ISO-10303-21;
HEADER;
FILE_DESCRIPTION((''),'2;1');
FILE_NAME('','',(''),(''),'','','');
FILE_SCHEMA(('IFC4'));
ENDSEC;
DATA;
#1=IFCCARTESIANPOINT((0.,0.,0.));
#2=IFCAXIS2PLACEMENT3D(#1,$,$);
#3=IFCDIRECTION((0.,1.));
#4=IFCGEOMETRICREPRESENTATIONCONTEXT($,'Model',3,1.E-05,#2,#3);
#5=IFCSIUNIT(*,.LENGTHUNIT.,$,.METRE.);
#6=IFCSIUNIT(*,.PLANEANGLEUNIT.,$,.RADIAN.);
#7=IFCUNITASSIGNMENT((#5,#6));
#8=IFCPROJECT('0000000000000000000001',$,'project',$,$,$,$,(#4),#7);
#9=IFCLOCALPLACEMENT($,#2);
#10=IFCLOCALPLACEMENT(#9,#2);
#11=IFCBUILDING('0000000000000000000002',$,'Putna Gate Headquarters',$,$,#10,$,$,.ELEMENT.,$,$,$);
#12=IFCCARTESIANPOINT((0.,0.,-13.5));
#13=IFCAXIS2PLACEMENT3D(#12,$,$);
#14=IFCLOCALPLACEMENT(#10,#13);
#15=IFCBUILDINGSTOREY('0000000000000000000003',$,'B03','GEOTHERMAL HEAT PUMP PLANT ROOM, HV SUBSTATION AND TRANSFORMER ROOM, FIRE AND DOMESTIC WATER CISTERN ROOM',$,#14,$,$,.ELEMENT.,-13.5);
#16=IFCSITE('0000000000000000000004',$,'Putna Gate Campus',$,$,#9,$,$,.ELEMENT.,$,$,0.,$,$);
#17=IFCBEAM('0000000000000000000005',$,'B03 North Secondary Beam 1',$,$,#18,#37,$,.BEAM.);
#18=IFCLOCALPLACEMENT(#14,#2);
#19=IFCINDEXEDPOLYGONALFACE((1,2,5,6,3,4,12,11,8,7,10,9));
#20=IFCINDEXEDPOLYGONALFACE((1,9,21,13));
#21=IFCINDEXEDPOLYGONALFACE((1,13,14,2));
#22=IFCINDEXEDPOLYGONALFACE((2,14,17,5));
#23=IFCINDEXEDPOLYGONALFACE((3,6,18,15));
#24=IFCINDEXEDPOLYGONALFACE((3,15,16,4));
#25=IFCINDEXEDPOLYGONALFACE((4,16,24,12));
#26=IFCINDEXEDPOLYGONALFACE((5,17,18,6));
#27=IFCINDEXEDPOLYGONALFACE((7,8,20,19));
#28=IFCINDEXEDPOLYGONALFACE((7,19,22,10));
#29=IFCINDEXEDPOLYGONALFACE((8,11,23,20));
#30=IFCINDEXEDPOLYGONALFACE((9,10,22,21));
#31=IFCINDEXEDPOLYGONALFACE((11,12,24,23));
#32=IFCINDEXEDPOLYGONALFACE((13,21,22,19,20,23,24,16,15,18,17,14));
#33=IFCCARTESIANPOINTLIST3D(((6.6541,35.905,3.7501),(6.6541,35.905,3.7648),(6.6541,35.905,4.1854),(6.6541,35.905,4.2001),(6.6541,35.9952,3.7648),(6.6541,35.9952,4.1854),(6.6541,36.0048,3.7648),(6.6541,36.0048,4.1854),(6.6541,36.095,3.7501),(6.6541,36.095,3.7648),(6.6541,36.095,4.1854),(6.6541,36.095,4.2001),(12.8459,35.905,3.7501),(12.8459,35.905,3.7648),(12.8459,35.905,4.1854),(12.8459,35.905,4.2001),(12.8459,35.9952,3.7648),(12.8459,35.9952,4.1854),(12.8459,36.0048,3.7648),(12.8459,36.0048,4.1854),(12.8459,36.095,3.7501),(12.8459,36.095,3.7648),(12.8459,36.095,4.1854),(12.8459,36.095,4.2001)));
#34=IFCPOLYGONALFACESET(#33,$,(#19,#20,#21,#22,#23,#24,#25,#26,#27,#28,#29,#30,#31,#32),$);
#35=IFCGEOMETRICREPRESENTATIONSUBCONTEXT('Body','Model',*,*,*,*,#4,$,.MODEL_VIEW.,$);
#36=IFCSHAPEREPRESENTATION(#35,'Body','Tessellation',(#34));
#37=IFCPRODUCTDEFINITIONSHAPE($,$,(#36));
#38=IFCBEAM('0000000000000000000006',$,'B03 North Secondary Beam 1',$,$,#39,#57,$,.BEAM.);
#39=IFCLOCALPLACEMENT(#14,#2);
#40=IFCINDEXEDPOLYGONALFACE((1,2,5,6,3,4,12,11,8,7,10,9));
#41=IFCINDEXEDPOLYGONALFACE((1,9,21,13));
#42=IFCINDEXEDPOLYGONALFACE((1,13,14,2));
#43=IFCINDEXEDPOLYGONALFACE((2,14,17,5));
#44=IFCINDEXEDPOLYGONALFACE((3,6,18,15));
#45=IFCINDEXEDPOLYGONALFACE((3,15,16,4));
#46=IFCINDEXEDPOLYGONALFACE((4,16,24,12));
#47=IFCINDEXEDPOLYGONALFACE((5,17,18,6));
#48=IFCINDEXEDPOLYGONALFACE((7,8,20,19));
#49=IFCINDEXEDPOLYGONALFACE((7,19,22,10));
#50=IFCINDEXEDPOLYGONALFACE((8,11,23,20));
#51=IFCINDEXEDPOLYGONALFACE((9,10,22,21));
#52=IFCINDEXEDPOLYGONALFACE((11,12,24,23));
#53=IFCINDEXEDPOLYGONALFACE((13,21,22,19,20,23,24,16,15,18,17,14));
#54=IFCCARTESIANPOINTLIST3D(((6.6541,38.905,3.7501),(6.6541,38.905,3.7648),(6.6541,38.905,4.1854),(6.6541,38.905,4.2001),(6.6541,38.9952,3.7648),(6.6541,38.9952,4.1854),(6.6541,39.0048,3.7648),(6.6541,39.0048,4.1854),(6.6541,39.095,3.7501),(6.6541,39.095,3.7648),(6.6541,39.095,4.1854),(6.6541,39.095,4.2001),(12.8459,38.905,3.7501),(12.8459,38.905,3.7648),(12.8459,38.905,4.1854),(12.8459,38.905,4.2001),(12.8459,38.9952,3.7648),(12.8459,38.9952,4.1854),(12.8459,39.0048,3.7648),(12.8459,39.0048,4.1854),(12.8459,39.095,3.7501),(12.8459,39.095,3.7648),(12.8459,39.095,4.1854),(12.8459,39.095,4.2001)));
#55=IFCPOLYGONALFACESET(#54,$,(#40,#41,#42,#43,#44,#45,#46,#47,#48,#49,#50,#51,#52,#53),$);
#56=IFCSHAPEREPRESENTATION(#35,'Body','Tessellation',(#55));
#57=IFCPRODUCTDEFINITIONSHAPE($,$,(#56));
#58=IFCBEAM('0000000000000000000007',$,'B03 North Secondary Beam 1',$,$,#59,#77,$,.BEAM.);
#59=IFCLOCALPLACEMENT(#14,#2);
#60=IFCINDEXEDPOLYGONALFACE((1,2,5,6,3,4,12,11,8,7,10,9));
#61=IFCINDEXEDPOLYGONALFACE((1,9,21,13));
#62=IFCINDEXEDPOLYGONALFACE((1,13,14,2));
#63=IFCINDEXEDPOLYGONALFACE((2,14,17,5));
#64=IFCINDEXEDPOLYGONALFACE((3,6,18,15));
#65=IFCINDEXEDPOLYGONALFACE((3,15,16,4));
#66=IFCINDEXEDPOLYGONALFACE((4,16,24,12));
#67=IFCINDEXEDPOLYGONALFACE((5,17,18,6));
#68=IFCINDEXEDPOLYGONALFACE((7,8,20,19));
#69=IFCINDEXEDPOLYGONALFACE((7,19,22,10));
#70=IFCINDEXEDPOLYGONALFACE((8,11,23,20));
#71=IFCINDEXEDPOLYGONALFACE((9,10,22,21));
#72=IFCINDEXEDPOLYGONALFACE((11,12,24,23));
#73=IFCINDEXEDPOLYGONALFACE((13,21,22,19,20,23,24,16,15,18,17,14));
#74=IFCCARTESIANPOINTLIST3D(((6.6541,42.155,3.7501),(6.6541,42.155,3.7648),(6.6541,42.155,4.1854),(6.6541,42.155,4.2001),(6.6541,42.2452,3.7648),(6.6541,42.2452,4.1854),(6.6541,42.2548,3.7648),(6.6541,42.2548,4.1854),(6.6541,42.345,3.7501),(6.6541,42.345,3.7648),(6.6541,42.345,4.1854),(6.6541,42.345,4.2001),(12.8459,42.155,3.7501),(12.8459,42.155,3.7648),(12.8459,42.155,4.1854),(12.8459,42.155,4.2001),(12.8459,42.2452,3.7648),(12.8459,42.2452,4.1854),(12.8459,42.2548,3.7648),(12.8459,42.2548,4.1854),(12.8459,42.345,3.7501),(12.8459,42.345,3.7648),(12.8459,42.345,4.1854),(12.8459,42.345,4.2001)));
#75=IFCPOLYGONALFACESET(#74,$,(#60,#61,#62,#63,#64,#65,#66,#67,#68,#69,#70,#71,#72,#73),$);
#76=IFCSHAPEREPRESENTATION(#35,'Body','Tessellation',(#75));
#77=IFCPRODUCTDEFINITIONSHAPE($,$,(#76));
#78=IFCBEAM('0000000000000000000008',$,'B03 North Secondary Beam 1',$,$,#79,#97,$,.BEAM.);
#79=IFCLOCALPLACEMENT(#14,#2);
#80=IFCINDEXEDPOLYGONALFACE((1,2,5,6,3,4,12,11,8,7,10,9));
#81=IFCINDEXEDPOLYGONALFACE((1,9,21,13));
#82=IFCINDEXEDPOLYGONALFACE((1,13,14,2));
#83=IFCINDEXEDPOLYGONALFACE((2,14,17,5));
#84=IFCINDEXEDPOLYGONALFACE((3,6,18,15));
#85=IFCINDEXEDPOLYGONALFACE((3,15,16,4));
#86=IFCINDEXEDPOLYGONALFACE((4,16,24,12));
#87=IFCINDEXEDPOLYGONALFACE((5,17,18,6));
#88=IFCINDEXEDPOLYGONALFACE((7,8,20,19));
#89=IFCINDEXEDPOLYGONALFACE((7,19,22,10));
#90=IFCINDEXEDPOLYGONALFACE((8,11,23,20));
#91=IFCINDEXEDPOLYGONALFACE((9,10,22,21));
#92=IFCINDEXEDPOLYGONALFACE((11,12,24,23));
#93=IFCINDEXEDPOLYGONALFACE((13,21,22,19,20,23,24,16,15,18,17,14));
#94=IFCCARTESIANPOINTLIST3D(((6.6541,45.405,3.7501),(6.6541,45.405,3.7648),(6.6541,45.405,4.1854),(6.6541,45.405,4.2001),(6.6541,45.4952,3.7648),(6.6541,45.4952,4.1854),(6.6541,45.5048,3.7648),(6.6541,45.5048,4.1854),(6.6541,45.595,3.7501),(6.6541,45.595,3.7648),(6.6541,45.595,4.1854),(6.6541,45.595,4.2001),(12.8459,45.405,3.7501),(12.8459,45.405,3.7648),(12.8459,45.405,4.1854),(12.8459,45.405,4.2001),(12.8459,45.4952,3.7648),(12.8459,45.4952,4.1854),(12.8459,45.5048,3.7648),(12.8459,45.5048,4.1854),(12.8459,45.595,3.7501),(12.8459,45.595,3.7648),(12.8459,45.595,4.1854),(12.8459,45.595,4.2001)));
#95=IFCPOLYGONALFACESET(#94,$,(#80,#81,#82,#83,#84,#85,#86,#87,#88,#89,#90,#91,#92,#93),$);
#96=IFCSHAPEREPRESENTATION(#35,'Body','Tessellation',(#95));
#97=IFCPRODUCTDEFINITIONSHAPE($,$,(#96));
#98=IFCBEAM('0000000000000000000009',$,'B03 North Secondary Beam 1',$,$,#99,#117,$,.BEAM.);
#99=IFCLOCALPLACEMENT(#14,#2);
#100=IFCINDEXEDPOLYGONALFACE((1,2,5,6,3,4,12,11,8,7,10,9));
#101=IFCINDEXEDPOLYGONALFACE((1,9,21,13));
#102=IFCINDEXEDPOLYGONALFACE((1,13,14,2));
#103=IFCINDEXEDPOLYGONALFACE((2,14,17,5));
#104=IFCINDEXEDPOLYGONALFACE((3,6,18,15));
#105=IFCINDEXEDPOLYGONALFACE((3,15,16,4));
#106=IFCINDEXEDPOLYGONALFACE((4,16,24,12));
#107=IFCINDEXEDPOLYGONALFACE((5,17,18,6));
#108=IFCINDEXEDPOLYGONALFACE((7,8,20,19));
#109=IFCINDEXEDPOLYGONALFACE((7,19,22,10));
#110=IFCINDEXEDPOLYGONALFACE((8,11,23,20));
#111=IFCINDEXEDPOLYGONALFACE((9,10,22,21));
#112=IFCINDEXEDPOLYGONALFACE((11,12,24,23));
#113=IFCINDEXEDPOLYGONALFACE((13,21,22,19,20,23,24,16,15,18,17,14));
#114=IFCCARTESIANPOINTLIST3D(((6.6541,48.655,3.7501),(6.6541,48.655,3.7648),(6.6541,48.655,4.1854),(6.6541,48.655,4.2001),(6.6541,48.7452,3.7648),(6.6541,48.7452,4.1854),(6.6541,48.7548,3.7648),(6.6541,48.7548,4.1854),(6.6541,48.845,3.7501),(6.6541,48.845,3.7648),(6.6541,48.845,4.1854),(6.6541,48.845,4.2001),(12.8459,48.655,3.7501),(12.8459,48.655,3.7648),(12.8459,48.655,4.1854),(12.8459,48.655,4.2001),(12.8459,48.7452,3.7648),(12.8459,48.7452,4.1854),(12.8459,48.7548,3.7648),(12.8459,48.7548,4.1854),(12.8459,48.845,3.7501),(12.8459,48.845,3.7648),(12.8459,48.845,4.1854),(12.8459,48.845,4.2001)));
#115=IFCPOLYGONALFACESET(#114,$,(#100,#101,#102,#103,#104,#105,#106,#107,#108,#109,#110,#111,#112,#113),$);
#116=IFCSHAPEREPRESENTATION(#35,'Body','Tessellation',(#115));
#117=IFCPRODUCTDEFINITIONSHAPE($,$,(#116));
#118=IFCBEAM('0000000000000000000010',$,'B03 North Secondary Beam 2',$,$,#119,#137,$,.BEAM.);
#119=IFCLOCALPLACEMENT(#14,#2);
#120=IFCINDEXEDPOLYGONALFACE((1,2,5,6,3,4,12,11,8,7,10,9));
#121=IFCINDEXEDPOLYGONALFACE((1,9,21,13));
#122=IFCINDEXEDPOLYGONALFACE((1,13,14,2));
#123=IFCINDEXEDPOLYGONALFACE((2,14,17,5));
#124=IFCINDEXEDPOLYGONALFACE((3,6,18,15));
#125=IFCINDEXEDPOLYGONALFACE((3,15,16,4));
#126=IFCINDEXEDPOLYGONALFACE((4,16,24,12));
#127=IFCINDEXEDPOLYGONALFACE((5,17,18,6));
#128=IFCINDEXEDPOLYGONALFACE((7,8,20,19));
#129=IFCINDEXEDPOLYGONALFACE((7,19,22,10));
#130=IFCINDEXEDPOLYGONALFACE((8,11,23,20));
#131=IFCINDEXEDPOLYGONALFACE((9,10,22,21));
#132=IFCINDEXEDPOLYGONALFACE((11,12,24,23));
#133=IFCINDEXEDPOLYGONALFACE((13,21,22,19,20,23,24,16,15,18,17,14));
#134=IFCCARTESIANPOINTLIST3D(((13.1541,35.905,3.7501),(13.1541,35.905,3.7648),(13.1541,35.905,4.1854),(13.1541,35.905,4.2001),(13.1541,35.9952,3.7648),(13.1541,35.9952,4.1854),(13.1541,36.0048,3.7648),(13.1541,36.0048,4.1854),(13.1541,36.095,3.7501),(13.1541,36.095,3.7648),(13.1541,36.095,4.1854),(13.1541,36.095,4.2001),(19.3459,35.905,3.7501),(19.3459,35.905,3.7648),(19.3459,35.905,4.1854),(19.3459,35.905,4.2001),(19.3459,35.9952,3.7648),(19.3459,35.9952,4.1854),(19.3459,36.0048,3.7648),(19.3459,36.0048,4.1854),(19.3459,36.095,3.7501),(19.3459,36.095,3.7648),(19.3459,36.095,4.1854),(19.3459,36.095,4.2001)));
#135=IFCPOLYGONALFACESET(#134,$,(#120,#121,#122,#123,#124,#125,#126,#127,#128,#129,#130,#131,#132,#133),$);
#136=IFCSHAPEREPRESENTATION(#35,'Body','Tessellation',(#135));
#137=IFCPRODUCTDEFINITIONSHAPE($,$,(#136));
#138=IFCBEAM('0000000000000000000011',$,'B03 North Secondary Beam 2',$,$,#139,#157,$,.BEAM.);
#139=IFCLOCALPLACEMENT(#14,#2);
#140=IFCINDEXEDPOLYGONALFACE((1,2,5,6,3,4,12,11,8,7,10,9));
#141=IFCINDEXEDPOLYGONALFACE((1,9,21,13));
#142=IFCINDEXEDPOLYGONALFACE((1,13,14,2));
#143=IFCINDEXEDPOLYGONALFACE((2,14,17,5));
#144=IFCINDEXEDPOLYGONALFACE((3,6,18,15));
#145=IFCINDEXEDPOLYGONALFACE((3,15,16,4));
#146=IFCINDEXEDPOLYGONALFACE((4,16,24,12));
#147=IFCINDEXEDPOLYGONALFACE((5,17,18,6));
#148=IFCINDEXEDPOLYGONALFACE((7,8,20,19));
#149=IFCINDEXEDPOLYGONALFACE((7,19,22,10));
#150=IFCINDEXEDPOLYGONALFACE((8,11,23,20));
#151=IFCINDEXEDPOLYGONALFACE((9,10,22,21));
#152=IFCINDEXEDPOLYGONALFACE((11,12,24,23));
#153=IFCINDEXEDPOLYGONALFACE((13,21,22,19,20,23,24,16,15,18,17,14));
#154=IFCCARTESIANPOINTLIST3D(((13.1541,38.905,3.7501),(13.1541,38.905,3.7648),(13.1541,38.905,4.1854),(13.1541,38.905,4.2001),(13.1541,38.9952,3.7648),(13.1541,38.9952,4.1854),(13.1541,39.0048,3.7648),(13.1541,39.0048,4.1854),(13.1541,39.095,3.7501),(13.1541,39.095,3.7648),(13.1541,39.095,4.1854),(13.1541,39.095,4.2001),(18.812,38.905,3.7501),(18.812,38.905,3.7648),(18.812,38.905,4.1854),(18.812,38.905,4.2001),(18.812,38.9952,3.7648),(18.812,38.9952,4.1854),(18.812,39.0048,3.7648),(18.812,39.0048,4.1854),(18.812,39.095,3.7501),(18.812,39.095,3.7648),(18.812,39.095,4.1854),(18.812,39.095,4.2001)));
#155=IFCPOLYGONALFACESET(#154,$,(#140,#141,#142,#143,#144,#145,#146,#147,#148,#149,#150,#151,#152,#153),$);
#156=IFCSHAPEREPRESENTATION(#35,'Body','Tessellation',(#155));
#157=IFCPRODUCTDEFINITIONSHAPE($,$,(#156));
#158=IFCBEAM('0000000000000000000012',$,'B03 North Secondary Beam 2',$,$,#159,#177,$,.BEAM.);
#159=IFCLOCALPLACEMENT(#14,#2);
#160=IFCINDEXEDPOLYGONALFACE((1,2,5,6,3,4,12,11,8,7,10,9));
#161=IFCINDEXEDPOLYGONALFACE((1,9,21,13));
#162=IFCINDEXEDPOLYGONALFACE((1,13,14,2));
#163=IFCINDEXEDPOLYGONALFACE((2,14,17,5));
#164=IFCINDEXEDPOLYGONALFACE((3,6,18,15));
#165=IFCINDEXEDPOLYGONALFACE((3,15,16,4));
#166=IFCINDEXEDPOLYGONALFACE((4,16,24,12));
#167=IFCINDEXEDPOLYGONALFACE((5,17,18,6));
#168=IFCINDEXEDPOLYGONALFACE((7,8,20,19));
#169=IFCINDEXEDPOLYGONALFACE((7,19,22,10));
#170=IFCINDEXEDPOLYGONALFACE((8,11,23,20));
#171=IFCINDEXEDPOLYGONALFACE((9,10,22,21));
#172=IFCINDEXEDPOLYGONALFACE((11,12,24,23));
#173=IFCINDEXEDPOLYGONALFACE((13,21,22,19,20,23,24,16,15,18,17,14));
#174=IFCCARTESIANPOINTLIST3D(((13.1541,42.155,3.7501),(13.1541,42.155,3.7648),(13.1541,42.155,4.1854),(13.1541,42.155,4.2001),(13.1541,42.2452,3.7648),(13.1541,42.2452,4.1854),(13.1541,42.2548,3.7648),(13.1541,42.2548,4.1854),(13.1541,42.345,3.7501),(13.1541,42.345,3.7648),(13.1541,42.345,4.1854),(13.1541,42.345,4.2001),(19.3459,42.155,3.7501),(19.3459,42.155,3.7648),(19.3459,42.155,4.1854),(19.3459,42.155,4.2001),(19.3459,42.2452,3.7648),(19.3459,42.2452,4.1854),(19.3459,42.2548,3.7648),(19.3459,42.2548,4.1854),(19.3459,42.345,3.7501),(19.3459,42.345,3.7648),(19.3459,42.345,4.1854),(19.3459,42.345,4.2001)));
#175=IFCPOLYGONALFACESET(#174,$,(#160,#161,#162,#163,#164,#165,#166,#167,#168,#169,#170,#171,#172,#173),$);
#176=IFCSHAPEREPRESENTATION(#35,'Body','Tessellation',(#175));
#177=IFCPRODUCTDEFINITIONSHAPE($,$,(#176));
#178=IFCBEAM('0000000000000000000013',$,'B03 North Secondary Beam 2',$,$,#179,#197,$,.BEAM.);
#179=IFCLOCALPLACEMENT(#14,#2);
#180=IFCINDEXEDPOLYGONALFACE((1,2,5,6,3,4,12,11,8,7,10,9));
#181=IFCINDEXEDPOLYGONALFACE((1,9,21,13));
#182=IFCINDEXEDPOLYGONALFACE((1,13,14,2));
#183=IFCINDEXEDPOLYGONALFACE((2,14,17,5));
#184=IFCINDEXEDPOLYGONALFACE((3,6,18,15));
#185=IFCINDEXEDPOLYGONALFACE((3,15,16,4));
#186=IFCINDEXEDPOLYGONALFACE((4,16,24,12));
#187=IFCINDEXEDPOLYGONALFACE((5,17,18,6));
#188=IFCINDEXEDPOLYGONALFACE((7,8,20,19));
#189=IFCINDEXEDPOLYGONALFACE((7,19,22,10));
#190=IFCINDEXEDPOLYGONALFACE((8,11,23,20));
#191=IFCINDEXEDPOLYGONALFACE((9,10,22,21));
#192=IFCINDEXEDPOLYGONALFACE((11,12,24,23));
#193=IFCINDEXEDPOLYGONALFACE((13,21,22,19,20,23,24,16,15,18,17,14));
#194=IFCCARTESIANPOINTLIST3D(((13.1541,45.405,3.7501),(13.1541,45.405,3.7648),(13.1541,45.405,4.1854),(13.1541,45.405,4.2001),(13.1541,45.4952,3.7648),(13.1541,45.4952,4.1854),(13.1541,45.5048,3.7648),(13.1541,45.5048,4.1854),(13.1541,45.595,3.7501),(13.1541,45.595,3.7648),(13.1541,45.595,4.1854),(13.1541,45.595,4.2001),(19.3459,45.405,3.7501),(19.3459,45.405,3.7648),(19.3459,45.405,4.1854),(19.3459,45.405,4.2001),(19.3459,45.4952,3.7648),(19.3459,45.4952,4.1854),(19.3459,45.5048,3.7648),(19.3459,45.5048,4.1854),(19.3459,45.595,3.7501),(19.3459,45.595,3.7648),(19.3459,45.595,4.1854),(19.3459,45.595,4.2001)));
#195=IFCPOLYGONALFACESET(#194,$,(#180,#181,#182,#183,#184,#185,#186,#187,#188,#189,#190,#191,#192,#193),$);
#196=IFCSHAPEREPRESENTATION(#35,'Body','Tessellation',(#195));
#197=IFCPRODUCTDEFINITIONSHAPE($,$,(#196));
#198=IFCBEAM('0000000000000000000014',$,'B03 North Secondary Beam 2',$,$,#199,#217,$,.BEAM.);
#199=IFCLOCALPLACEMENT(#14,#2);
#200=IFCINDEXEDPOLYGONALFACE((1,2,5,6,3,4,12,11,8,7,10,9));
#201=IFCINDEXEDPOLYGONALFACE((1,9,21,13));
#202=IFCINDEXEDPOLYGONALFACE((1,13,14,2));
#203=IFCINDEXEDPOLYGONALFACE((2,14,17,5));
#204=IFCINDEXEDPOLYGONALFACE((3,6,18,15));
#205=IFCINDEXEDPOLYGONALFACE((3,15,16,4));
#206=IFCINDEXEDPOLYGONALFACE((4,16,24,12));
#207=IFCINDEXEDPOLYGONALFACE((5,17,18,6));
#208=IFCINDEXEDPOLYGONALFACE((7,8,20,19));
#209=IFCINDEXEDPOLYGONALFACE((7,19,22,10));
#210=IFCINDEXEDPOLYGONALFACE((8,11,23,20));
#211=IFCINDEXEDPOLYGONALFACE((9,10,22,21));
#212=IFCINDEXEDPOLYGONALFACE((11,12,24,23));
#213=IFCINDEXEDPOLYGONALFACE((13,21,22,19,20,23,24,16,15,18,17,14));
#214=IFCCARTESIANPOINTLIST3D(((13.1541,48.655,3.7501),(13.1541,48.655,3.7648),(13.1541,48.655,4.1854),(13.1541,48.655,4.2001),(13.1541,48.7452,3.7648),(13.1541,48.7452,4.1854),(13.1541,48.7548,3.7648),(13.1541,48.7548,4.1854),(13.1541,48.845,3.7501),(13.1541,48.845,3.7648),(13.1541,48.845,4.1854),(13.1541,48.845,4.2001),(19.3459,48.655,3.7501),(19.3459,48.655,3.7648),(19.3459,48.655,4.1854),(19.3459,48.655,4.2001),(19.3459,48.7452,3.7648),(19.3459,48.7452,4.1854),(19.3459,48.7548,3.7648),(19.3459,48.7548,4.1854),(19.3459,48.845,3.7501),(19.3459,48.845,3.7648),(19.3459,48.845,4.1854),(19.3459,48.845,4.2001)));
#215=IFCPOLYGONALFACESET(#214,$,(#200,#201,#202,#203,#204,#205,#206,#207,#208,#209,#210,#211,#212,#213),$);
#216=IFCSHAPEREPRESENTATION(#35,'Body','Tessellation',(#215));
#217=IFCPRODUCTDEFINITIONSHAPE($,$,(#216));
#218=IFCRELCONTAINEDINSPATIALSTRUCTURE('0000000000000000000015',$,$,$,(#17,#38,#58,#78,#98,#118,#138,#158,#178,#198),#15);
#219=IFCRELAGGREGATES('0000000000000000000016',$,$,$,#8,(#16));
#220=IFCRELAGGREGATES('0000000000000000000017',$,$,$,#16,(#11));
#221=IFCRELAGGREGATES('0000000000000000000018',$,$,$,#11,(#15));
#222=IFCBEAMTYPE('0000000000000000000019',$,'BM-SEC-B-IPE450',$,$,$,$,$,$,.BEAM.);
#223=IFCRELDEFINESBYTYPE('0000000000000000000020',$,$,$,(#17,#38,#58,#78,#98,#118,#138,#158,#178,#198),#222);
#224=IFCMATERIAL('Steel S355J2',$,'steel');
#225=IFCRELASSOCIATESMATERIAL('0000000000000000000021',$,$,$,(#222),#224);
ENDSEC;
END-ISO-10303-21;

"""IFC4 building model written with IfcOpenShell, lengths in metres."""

from ifc_helpers import new_model, si_unit, direction, frame, origin, origin_2d, place, context, subcontext, project, spatial, i_section, extrude, material, material_profile, profile_set, type_object, element, save


model = new_model("IFC4")

# Units and contexts
model_context = context("Model", 3, precision=1e-05, world=origin(), true_north=direction((0.0, 1.0)))
body_context = subcontext(model_context, "Body", "Model", "MODEL_VIEW")
ifc_project = project(units=[si_unit("LENGTHUNIT", "METRE"), si_unit("PLANEANGLEUNIT", "RADIAN")], contexts=[model_context])

# Site, building, storey
site_placement = place(None, origin())
site = spatial("IfcSite", under=ifc_project, at=site_placement, Name="Putna Gate Campus", CompositionType="ELEMENT", RefElevation=0.0)
building_placement = place(site_placement, origin())
building = spatial("IfcBuilding", under=site, at=building_placement, Name="Putna Gate Headquarters", CompositionType="ELEMENT")
storey_placement = place(building_placement, frame((0.0, 0.0, -13.5)))
storey = spatial("IfcBuildingStorey", under=building, at=storey_placement, Name="B03", Description="GEOTHERMAL HEAT PUMP PLANT ROOM, HV SUBSTATION AND TRANSFORMER ROOM, FIRE AND DOMESTIC WATER CISTERN ROOM", CompositionType="ELEMENT", Elevation=-13.5)

# Beams
ifc_material_1 = material(Name="Steel S355J2", Category="steel")
ifc_material_profile_1 = material_profile(ifc_material_1, i_section(OverallWidth=0.1899, OverallDepth=0.45, WebThickness=0.0095, FlangeThickness=0.0146, at=origin_2d()), Name="Steel S355J2")
ifc_profile_set_1 = profile_set([ifc_material_profile_1], Name="Steel S355J2")
beam_type_1 = type_object("IfcBeamType", Name="BM-SEC-B-IPE450", PredefinedType="BEAM", material=ifc_profile_set_1)
for number, where, z_axis, x_axis, name in (
    (1, (6.6541, 36.0, 3.9751), (1.0, 0.0, 0.0), (0.0, 1.0, 0.0), "B03 North Secondary Beam 1"),
    (2, (6.6541, 39.0, 3.9751), (1.0, 0.0, 0.0), (0.0, 1.0, 0.0), "B03 North Secondary Beam 1"),
    (3, (6.6541, 42.25, 3.9751), (1.0, 0.0, 0.0), (0.0, 1.0, 0.0), "B03 North Secondary Beam 1"),
    (4, (6.6541, 45.5, 3.9751), (1.0, 0.0, 0.0), (0.0, 1.0, 0.0), "B03 North Secondary Beam 1"),
    (5, (6.6541, 48.75, 3.9751), (1.0, 0.0, 0.0), (0.0, 1.0, 0.0), "B03 North Secondary Beam 1"),
    (6, (13.1541, 36.0, 3.9751), (1.0, 0.0, 0.0), (0.0, 1.0, 0.0), "B03 North Secondary Beam 2"),
):
    element("IfcBeam", number, at=place(storey_placement, frame(where, z_axis=z_axis, x_axis=x_axis)), inside=storey, type_object=beam_type_1, Name=name, PredefinedType="BEAM", context=body_context, shape_type="SweptSolid", body=[
        extrude(i_section(OverallWidth=0.1899, OverallDepth=0.45, WebThickness=0.0095, FlangeThickness=0.0146, at=origin_2d()), origin(), (0.0, 0.0, 1.0), 6.1919),
    ])
beam_placement = place(storey_placement, frame((13.1541, 39.0, 3.9751), z_axis=(1.0, 0.0, 0.0), x_axis=(0.0, 1.0, 0.0)))
element("IfcBeam", 7, at=beam_placement, inside=storey, type_object=beam_type_1, Name="B03 North Secondary Beam 2", PredefinedType="BEAM", context=body_context, shape_type="SweptSolid", body=[
    extrude(i_section(OverallWidth=0.1899, OverallDepth=0.45, WebThickness=0.0095, FlangeThickness=0.0146, at=origin_2d()), origin(), (0.0, 0.0, 1.0), 5.658),
])
for number, where, z_axis, x_axis, name in (
    (8, (13.1541, 42.25, 3.9751), (1.0, 0.0, 0.0), (0.0, 1.0, 0.0), "B03 North Secondary Beam 2"),
    (9, (13.1541, 45.5, 3.9751), (1.0, 0.0, 0.0), (0.0, 1.0, 0.0), "B03 North Secondary Beam 2"),
    (10, (13.1541, 48.75, 3.9751), (1.0, 0.0, 0.0), (0.0, 1.0, 0.0), "B03 North Secondary Beam 2"),
):
    element("IfcBeam", number, at=place(storey_placement, frame(where, z_axis=z_axis, x_axis=x_axis)), inside=storey, type_object=beam_type_1, Name=name, PredefinedType="BEAM", context=body_context, shape_type="SweptSolid", body=[
        extrude(i_section(OverallWidth=0.1899, OverallDepth=0.45, WebThickness=0.0095, FlangeThickness=0.0146, at=origin_2d()), origin(), (0.0, 0.0, 1.0), 6.1919),
    ])

save(model, "model.ifc")
